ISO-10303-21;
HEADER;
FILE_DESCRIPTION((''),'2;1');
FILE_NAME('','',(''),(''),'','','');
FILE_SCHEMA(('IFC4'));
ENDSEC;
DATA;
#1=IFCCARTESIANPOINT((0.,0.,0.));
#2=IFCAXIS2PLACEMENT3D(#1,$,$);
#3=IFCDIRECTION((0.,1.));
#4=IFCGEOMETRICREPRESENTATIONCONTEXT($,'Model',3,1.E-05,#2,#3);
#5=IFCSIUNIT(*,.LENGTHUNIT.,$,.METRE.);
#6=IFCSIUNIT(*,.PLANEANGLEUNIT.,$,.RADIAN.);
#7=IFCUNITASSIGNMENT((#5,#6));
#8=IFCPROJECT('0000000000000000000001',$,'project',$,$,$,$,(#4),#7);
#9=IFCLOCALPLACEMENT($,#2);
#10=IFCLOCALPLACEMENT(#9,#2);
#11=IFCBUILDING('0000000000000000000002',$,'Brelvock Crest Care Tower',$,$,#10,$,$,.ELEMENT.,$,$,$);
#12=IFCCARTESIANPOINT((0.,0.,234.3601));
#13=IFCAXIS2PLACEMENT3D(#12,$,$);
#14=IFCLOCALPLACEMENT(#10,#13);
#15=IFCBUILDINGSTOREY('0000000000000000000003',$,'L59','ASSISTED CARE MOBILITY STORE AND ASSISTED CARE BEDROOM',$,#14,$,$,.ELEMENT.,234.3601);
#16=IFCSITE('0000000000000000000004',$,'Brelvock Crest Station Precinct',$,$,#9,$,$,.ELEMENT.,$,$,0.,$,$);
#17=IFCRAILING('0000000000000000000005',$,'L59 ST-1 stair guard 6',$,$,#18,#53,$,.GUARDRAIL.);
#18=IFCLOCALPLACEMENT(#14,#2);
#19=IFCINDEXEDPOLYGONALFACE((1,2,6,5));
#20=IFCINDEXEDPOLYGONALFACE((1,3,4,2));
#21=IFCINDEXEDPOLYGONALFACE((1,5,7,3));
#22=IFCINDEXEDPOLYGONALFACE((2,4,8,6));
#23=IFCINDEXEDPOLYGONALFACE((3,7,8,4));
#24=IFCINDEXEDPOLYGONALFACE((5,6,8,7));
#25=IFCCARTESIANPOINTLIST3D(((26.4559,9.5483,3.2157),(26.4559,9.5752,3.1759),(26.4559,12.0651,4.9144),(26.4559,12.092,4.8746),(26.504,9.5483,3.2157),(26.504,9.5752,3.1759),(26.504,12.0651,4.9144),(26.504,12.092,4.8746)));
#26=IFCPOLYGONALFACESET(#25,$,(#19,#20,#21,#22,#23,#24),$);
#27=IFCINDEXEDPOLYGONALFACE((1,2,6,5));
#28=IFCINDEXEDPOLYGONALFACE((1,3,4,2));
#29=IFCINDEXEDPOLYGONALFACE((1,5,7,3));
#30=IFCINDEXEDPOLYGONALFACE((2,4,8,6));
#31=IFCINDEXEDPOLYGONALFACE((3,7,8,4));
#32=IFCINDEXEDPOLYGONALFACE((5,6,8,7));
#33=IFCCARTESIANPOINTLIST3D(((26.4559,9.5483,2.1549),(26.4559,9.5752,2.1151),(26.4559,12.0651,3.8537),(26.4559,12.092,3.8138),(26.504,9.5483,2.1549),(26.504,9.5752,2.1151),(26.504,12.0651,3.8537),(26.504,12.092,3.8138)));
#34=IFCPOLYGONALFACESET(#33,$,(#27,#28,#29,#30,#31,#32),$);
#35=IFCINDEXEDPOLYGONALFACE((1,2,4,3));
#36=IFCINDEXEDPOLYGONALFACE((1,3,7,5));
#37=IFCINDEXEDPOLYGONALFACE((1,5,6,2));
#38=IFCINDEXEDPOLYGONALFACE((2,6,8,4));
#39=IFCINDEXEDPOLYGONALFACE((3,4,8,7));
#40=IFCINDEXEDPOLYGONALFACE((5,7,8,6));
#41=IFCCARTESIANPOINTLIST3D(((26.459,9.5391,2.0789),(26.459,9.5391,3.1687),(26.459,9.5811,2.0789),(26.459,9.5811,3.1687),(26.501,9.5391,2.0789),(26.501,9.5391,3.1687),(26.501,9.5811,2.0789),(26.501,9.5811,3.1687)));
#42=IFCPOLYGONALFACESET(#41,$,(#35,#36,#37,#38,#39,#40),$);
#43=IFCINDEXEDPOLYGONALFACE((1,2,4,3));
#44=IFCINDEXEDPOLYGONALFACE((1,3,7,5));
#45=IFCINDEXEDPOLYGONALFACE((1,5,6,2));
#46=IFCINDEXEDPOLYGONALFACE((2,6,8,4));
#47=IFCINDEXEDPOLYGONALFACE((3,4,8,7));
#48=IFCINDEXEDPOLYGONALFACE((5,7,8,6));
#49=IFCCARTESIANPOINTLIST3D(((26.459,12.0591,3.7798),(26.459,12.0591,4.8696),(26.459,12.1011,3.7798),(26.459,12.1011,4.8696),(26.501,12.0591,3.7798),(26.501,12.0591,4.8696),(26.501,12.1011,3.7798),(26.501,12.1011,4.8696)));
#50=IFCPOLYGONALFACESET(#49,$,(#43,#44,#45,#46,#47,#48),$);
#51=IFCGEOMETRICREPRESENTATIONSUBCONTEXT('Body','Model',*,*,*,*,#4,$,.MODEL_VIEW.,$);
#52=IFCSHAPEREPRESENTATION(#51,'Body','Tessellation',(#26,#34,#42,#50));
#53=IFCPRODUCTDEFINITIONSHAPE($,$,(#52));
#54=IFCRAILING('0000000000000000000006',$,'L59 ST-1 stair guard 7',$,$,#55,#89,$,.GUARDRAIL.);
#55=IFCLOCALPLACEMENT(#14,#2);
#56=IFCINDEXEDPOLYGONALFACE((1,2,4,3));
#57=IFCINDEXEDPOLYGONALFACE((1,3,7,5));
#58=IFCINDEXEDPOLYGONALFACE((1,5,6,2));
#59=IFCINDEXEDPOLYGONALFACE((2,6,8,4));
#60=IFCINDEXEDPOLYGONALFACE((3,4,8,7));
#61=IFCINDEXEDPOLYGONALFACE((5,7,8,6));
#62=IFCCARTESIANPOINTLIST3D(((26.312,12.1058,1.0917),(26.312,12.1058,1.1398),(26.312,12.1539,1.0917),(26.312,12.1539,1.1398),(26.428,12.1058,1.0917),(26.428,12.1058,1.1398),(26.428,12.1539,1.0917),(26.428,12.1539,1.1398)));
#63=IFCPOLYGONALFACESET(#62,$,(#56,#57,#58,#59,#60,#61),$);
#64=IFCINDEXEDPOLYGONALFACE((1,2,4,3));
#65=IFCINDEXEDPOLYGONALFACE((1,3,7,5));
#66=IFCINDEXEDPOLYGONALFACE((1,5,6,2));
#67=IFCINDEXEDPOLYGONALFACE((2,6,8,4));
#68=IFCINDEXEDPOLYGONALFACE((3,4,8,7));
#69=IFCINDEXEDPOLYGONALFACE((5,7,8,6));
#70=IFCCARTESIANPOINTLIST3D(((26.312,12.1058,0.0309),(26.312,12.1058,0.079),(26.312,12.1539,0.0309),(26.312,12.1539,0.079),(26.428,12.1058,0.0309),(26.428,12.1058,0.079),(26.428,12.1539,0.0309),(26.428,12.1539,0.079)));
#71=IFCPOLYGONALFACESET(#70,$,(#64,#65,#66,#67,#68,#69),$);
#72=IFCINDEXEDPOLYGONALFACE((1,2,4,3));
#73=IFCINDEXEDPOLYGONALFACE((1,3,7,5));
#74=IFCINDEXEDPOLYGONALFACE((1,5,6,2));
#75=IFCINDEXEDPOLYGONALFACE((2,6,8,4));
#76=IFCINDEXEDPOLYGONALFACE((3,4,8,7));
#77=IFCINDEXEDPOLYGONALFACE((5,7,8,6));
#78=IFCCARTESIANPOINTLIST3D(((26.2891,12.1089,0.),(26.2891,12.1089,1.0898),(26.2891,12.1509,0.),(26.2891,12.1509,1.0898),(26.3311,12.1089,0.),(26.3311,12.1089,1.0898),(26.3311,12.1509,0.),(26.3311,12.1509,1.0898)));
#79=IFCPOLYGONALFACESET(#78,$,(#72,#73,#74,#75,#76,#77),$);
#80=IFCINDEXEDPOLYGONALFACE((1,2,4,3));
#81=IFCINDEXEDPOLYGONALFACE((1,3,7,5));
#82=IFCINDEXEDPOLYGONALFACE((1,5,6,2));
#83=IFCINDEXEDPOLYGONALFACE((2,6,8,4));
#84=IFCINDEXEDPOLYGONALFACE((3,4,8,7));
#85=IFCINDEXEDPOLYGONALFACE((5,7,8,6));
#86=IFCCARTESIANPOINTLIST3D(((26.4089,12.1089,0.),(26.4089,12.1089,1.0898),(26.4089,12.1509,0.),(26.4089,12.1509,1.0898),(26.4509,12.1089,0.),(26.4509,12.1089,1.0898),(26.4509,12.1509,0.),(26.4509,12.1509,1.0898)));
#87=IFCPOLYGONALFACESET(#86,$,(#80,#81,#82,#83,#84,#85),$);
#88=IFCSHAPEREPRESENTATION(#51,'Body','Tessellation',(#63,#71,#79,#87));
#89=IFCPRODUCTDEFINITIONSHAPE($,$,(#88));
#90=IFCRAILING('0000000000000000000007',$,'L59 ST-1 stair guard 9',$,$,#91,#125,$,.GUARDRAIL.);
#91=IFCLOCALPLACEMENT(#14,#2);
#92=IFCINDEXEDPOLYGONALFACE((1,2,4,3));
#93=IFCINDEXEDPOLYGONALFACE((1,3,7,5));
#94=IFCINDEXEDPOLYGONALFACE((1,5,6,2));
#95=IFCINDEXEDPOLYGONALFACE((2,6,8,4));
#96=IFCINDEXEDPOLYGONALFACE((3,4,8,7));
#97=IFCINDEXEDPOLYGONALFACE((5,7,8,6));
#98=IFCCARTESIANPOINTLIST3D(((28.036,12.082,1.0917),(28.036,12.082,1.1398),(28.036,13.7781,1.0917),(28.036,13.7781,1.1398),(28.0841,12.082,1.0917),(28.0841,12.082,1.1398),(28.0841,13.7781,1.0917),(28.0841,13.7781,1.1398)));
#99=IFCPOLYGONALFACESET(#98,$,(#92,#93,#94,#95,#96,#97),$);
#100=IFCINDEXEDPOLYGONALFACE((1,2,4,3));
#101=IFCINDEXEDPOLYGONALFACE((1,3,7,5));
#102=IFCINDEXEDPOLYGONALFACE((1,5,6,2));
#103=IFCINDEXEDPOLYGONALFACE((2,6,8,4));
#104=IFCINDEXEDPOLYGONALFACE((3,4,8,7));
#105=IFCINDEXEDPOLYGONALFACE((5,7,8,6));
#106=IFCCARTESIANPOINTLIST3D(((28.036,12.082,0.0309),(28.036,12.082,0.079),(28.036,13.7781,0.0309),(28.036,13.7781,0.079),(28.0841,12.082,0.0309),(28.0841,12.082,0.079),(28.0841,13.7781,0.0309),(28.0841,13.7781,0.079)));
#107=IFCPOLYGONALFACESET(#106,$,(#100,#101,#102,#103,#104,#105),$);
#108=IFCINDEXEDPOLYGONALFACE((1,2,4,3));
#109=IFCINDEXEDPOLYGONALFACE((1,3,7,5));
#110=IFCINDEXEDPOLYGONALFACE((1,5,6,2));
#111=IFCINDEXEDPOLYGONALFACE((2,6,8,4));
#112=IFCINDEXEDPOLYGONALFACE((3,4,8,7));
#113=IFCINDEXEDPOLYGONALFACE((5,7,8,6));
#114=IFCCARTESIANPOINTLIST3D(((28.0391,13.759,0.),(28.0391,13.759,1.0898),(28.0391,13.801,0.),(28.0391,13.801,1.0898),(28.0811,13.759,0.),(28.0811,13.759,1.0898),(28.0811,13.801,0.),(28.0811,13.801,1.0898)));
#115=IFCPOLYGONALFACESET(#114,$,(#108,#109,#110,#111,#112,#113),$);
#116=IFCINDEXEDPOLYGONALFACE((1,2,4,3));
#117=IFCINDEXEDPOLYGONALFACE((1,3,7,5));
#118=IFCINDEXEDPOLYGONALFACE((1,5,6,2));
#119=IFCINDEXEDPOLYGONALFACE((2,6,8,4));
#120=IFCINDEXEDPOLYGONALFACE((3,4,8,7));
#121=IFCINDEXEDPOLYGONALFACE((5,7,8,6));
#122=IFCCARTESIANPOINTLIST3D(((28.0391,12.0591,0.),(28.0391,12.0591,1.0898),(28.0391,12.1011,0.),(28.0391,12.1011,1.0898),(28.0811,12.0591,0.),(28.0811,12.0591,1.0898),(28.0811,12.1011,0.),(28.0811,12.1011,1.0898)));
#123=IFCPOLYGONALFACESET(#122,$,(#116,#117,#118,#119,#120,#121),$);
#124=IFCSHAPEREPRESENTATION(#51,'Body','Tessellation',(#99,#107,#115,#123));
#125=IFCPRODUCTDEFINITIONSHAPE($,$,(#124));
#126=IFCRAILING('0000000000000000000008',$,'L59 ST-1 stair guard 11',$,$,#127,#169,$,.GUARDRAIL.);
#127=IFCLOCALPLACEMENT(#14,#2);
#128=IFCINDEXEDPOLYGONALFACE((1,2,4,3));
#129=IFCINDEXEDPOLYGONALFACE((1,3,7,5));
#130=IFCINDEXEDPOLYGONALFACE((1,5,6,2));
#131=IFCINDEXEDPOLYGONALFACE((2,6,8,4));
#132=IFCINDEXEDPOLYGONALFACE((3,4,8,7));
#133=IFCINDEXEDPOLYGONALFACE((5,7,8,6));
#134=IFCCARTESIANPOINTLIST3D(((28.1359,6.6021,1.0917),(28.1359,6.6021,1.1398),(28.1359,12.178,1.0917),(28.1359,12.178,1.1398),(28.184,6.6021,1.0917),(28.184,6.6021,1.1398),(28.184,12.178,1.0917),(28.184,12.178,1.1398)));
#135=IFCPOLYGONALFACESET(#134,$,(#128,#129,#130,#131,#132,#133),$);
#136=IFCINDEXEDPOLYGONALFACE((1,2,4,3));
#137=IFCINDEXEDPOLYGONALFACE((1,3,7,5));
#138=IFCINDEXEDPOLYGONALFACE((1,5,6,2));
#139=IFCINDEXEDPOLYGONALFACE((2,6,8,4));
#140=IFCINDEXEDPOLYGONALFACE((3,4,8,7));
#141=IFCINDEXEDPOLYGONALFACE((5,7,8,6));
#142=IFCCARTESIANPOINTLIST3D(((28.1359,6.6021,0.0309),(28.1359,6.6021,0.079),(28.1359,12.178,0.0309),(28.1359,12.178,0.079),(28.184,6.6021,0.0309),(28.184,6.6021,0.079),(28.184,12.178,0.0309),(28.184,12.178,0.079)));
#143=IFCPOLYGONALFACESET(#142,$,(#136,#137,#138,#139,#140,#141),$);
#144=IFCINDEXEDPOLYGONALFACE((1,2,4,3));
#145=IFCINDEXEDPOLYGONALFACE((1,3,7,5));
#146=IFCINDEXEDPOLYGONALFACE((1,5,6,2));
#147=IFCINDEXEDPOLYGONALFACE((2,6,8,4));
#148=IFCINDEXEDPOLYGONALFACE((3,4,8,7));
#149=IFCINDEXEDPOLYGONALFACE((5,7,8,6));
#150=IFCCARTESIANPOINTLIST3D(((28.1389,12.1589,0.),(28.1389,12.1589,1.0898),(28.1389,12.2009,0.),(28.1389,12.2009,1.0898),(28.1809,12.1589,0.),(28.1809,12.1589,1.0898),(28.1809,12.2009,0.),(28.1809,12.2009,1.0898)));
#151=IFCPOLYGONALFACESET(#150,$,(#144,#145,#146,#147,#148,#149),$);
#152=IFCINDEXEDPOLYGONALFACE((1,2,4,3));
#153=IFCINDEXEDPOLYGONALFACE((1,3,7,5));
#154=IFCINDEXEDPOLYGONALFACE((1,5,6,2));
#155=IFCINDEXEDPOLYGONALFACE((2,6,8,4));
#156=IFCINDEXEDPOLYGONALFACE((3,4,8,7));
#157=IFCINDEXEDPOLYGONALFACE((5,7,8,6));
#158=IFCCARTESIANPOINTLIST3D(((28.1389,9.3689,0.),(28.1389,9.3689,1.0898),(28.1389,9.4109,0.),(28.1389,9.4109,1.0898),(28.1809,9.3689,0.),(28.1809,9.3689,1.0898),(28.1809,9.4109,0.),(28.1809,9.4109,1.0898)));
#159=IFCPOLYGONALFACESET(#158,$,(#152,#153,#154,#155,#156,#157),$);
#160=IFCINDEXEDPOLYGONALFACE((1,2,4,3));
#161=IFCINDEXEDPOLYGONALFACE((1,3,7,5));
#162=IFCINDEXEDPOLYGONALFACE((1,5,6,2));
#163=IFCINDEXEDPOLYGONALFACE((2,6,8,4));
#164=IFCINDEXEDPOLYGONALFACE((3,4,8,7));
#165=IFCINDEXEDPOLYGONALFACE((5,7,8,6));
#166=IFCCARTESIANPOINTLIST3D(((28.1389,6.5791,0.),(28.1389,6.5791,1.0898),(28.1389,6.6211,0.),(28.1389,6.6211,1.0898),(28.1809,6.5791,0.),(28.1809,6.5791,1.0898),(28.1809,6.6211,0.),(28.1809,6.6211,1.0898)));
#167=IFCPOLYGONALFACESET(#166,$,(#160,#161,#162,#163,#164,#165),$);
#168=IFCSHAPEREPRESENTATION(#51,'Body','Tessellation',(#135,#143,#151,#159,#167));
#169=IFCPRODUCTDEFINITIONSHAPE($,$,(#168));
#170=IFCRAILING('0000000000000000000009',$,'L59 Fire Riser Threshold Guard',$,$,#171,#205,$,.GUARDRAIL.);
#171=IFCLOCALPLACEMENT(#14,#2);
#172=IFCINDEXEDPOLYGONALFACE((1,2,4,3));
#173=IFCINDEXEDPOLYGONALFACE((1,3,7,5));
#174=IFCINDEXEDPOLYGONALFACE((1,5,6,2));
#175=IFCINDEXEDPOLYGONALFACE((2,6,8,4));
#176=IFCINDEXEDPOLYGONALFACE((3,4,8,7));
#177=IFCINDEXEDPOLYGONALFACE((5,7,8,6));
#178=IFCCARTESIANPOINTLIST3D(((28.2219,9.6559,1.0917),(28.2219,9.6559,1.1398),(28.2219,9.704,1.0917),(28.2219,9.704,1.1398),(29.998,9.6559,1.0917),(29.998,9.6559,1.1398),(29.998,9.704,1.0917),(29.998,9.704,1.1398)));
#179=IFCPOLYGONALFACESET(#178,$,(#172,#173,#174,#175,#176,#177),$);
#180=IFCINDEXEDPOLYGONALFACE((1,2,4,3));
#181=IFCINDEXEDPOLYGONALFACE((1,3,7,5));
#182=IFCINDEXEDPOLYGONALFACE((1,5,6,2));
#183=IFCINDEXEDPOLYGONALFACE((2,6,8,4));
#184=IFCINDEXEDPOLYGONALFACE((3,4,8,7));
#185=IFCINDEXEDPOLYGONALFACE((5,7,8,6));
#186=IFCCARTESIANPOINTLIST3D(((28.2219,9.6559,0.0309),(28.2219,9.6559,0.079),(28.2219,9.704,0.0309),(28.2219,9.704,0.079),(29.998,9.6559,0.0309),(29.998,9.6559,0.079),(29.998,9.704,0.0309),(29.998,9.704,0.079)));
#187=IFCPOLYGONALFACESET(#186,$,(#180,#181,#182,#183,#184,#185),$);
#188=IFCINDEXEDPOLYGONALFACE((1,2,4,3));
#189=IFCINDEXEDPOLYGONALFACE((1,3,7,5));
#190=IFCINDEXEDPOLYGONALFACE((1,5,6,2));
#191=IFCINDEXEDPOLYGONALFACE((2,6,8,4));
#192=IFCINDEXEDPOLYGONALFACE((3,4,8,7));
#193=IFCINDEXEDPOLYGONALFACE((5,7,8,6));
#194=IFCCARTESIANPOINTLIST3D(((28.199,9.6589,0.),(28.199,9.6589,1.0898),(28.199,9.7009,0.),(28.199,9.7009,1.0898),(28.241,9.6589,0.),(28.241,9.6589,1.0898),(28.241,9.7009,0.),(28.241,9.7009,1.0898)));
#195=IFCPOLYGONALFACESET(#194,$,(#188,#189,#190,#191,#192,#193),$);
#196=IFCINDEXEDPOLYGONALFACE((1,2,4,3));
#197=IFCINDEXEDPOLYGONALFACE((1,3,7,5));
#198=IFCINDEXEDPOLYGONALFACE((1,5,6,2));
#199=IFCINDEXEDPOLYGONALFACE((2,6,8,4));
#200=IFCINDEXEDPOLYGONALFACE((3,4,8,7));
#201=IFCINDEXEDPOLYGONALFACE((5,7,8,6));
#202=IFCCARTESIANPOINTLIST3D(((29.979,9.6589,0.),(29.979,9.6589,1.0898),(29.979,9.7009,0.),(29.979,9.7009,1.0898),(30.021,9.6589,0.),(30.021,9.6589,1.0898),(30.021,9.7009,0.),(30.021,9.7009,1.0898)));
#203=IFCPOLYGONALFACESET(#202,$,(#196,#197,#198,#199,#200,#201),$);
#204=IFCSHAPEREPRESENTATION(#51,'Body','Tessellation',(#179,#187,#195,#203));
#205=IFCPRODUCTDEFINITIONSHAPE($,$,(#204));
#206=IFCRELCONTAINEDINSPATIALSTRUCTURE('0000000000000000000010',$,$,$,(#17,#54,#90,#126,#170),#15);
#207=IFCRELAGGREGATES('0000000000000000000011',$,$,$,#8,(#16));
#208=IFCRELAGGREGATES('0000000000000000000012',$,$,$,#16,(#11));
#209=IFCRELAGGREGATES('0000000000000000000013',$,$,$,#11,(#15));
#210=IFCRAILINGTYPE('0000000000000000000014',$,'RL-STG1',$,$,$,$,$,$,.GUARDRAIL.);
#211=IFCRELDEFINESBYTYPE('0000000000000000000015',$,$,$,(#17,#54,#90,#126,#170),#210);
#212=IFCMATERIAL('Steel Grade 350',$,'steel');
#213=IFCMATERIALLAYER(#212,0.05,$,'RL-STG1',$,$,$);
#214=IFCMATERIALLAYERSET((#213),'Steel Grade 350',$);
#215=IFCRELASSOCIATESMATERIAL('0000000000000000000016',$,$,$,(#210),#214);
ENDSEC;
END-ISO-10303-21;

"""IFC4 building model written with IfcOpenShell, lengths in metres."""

from ifc_helpers import new_model, si_unit, direction, frame, origin, origin_2d, place, context, subcontext, project, spatial, rectangle, extrude, material, layer, layer_set, type_object, element, save


model = new_model("IFC4")

# Units and contexts
model_context = context("Model", 3, precision=1e-05, world=origin(), true_north=direction((0.0, 1.0)))
body_context = subcontext(model_context, "Body", "Model", "MODEL_VIEW")
ifc_project = project(units=[si_unit("LENGTHUNIT", "METRE"), si_unit("PLANEANGLEUNIT", "RADIAN")], contexts=[model_context])

# Site, building, storey
site_placement = place(None, origin())
site = spatial("IfcSite", under=ifc_project, at=site_placement, Name="Brelvock Crest Station Precinct", CompositionType="ELEMENT", RefElevation=0.0)
building_placement = place(site_placement, origin())
building = spatial("IfcBuilding", under=site, at=building_placement, Name="Brelvock Crest Care Tower", CompositionType="ELEMENT")
storey_placement = place(building_placement, frame((0.0, 0.0, 234.3601)))
storey = spatial("IfcBuildingStorey", under=building, at=storey_placement, Name="L59", Description="ASSISTED CARE MOBILITY STORE AND ASSISTED CARE BEDROOM", CompositionType="ELEMENT", Elevation=234.3601)

# Shared definitions
ifc_material_1 = material(Name="Steel Grade 350", Category="steel")

# Railings
ifc_layer_1 = layer(ifc_material_1, 0.05, Name="RL-STG1")
ifc_layer_set_1 = layer_set([ifc_layer_1], Name="Steel Grade 350")
railing_type_1 = type_object("IfcRailingType", Name="RL-STG1", PredefinedType="GUARDRAIL", material=ifc_layer_set_1)
railing_1_placement = place(storey_placement, frame((26.48, 9.5601, 2.0789)))
element("IfcRailing", 1, at=railing_1_placement, inside=storey, type_object=railing_type_1, Name="L59 ST-1 stair guard 6", PredefinedType="GUARDRAIL", context=body_context, shape_type="SweptSolid", body=[
    extrude(rectangle(XDim=0.0481, YDim=0.0481, at=origin_2d()), frame((0.0, 0.0017, 1.1169), z_axis=(0.0, 0.828862, 0.559454), x_axis=(-1.0, 0.0, 0.0)), (0.0, 0.0, 1.0), 3.0364),
    extrude(rectangle(XDim=0.0481, YDim=0.0481, at=origin_2d()), frame((0.0, 0.0017, 0.0562), z_axis=(0.0, 0.828862, 0.559454), x_axis=(-1.0, 0.0, 0.0)), (0.0, 0.0, 1.0), 3.0364),
    extrude(rectangle(XDim=0.042, YDim=0.042, at=origin_2d()), origin(), (0.0, 0.0, 1.0), 1.0898),
    extrude(rectangle(XDim=0.042, YDim=0.042, at=origin_2d()), frame((0.0, 2.52, 1.7009)), (0.0, 0.0, 1.0), 1.0898),
])
railing_2_placement = place(storey_placement, frame((26.3101, 12.1299, 0.0)))
element("IfcRailing", 2, at=railing_2_placement, inside=storey, type_object=railing_type_1, Name="L59 ST-1 stair guard 7", PredefinedType="GUARDRAIL", context=body_context, shape_type="SweptSolid", body=[
    extrude(rectangle(XDim=0.0481, YDim=0.0481, at=origin_2d()), frame((0.002, 0.0, 1.1157), z_axis=(1.0, 0.0, 0.0), x_axis=(0.0, 1.0, 0.0)), (0.0, 0.0, 1.0), 0.116),
    extrude(rectangle(XDim=0.0481, YDim=0.0481, at=origin_2d()), frame((0.002, 0.0, 0.0549), z_axis=(1.0, 0.0, 0.0), x_axis=(0.0, 1.0, 0.0)), (0.0, 0.0, 1.0), 0.116),
    extrude(rectangle(XDim=0.042, YDim=0.042, at=origin_2d()), origin(), (0.0, 0.0, 1.0), 1.0898),
    extrude(rectangle(XDim=0.042, YDim=0.042, at=origin_2d()), frame((0.1199, 0.0, 0.0)), (0.0, 0.0, 1.0), 1.0898),
])
railing_3_placement = place(storey_placement, frame((28.0601, 13.78, 0.0)))
element("IfcRailing", 3, at=railing_3_placement, inside=storey, type_object=railing_type_1, Name="L59 ST-1 stair guard 9", PredefinedType="GUARDRAIL", context=body_context, shape_type="SweptSolid", body=[
    extrude(rectangle(XDim=0.0481, YDim=0.0481, at=origin_2d()), frame((0.0, -0.002, 1.1157), z_axis=(0.0, -1.0, 0.0), x_axis=(1.0, 0.0, 0.0)), (0.0, 0.0, 1.0), 1.696),
    extrude(rectangle(XDim=0.0481, YDim=0.0481, at=origin_2d()), frame((0.0, -0.002, 0.0549), z_axis=(0.0, -1.0, 0.0), x_axis=(1.0, 0.0, 0.0)), (0.0, 0.0, 1.0), 1.696),
    extrude(rectangle(XDim=0.042, YDim=0.042, at=origin_2d()), origin(), (0.0, 0.0, 1.0), 1.0898),
    extrude(rectangle(XDim=0.042, YDim=0.042, at=origin_2d()), frame((0.0, -1.7, 0.0)), (0.0, 0.0, 1.0), 1.0898),
])
railing_4_placement = place(storey_placement, frame((28.1599, 12.1799, 0.0)))
element("IfcRailing", 4, at=railing_4_placement, inside=storey, type_object=railing_type_1, Name="L59 ST-1 stair guard 11", PredefinedType="GUARDRAIL", context=body_context, shape_type="SweptSolid", body=[
    extrude(rectangle(XDim=0.0481, YDim=0.0481, at=origin_2d()), frame((0.0, -0.002, 1.1157), z_axis=(0.0, -1.0, 0.0), x_axis=(1.0, 0.0, 0.0)), (0.0, 0.0, 1.0), 5.5759),
    extrude(rectangle(XDim=0.0481, YDim=0.0481, at=origin_2d()), frame((0.0, -0.002, 0.0549), z_axis=(0.0, -1.0, 0.0), x_axis=(1.0, 0.0, 0.0)), (0.0, 0.0, 1.0), 5.5759),
    extrude(rectangle(XDim=0.042, YDim=0.042, at=origin_2d()), origin(), (0.0, 0.0, 1.0), 1.0898),
    extrude(rectangle(XDim=0.042, YDim=0.042, at=origin_2d()), frame((0.0, -2.79, 0.0)), (0.0, 0.0, 1.0), 1.0898),
    extrude(rectangle(XDim=0.042, YDim=0.042, at=origin_2d()), frame((0.0, -5.5798, 0.0)), (0.0, 0.0, 1.0), 1.0898),
])
railing_5_placement = place(storey_placement, frame((28.22, 9.6799, 0.0)))
element("IfcRailing", 5, at=railing_5_placement, inside=storey, type_object=railing_type_1, Name="L59 Fire Riser Threshold Guard", PredefinedType="GUARDRAIL", context=body_context, shape_type="SweptSolid", body=[
    extrude(rectangle(XDim=0.0481, YDim=0.0481, at=origin_2d()), frame((0.002, 0.0, 1.1157), z_axis=(1.0, 0.0, 0.0), x_axis=(0.0, 1.0, 0.0)), (0.0, 0.0, 1.0), 1.7761),
    extrude(rectangle(XDim=0.0481, YDim=0.0481, at=origin_2d()), frame((0.002, 0.0, 0.0549), z_axis=(1.0, 0.0, 0.0), x_axis=(0.0, 1.0, 0.0)), (0.0, 0.0, 1.0), 1.7761),
    extrude(rectangle(XDim=0.042, YDim=0.042, at=origin_2d()), origin(), (0.0, 0.0, 1.0), 1.0898),
    extrude(rectangle(XDim=0.042, YDim=0.042, at=origin_2d()), frame((1.78, 0.0, 0.0)), (0.0, 0.0, 1.0), 1.0898),
])

save(model, "model.ifc")
